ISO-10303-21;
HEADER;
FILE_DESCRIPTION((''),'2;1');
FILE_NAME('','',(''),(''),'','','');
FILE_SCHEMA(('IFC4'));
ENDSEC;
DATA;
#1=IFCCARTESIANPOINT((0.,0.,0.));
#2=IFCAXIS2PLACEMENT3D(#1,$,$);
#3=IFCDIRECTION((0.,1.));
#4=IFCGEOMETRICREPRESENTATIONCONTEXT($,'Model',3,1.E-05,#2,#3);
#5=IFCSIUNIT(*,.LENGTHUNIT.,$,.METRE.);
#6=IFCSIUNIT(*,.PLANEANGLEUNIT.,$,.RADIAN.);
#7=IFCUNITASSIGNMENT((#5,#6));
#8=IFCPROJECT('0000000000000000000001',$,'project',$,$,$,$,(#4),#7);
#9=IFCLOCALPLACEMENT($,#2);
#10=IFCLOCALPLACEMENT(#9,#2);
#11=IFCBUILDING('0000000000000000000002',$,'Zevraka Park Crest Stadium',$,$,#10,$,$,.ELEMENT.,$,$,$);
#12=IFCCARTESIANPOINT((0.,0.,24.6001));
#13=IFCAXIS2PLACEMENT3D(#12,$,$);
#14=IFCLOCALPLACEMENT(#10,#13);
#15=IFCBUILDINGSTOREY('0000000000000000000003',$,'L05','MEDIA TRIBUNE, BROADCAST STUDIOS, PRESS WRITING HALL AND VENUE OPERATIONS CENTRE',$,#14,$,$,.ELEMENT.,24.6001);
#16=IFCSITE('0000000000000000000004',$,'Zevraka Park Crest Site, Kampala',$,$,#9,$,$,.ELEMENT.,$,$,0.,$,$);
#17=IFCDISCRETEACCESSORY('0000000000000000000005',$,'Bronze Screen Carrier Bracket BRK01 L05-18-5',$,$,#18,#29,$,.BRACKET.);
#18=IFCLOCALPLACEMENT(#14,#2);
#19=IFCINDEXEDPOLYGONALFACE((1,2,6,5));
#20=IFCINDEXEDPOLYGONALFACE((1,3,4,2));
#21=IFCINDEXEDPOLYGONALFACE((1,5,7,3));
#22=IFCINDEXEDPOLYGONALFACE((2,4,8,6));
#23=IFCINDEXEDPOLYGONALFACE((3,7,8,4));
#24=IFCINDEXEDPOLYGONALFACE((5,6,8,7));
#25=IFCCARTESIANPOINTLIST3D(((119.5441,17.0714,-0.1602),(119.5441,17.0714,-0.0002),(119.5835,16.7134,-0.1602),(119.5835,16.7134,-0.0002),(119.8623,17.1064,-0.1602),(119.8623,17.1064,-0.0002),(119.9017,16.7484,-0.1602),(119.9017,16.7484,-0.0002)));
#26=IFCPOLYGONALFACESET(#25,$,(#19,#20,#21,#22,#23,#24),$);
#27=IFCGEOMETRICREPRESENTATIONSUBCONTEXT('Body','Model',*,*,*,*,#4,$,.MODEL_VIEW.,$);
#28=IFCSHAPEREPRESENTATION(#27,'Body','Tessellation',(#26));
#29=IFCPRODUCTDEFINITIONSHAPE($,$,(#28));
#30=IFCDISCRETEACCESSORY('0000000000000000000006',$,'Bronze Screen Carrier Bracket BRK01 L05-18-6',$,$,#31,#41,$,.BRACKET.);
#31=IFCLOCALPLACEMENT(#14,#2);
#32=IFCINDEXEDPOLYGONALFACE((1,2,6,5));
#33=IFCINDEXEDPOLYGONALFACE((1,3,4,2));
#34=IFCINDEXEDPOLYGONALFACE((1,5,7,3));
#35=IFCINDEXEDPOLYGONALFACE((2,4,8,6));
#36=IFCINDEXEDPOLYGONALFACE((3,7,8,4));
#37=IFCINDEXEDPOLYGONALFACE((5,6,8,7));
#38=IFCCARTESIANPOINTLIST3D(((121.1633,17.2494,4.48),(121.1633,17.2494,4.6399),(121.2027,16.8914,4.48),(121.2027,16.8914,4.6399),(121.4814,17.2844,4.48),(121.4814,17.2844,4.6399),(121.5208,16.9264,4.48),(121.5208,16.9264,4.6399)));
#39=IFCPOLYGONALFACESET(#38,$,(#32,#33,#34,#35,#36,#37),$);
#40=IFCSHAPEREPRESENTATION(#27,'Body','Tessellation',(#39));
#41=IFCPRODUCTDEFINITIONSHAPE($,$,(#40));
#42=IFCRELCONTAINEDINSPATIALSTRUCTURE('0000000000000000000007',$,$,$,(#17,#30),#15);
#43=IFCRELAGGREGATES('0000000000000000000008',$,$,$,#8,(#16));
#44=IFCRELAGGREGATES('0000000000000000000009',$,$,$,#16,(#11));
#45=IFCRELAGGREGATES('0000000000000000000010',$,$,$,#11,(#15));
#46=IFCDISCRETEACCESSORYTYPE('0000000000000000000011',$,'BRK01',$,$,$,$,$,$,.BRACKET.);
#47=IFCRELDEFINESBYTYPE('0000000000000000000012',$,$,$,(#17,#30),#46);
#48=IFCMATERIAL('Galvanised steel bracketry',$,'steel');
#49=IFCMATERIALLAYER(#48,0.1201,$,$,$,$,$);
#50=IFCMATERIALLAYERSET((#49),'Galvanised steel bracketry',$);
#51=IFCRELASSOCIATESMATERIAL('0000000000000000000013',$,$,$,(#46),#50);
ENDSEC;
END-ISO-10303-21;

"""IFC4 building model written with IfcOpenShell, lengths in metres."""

from ifc_helpers import new_model, si_unit, direction, frame, origin, origin_2d, place, context, subcontext, project, spatial, rectangle, extrude, material, layer, layer_set, type_object, element, save


model = new_model("IFC4")

# Units and contexts
model_context = context("Model", 3, precision=1e-05, world=origin(), true_north=direction((0.0, 1.0)))
body_context = subcontext(model_context, "Body", "Model", "MODEL_VIEW")
ifc_project = project(units=[si_unit("LENGTHUNIT", "METRE"), si_unit("PLANEANGLEUNIT", "RADIAN")], contexts=[model_context])

# Site, building, storey
site_placement = place(None, origin())
site = spatial("IfcSite", under=ifc_project, at=site_placement, Name="Zevraka Park Crest Site, Kampala", CompositionType="ELEMENT", RefElevation=0.0)
building_placement = place(site_placement, origin())
building = spatial("IfcBuilding", under=site, at=building_placement, Name="Zevraka Park Crest Stadium", CompositionType="ELEMENT")
storey_placement = place(building_placement, frame((0.0, 0.0, 24.6001)))
storey = spatial("IfcBuildingStorey", under=building, at=storey_placement, Name="L05", Description="MEDIA TRIBUNE, BROADCAST STUDIOS, PRESS WRITING HALL AND VENUE OPERATIONS CENTRE", CompositionType="ELEMENT", Elevation=24.6001)

# Discrete accessories
ifc_material_1 = material(Name="Galvanised steel bracketry", Category="steel")
ifc_layer_1 = layer(ifc_material_1, 0.1201)
ifc_layer_set_1 = layer_set([ifc_layer_1], Name="Galvanised steel bracketry")
discrete_accessory_type = type_object("IfcDiscreteAccessoryType", Name="BRK01", PredefinedType="BRACKET", material=ifc_layer_set_1)
for number, where, z_axis, x_axis, name in (
    (1, (119.7229, 16.9099, -0.1602), (0.0, 0.0, 1.0), (0.993999, 0.109387, 0.0), "Bronze Screen Carrier Bracket BRK01 L05-18-5"),
    (2, (121.342, 17.0879, 4.48), (0.0, 0.0, 1.0), (0.993999, 0.109387, 0.0), "Bronze Screen Carrier Bracket BRK01 L05-18-6"),
):
    element("IfcDiscreteAccessory", number, at=place(storey_placement, frame(where, z_axis=z_axis, x_axis=x_axis)), inside=storey, type_object=discrete_accessory_type, Name=name, PredefinedType="BRACKET", context=body_context, shape_type="SweptSolid", body=[
        extrude(rectangle(XDim=0.3201, YDim=0.3601, at=origin_2d()), origin(), (0.0, 0.0, 1.0), 0.1599),
    ])

save(model, "model.ifc")
